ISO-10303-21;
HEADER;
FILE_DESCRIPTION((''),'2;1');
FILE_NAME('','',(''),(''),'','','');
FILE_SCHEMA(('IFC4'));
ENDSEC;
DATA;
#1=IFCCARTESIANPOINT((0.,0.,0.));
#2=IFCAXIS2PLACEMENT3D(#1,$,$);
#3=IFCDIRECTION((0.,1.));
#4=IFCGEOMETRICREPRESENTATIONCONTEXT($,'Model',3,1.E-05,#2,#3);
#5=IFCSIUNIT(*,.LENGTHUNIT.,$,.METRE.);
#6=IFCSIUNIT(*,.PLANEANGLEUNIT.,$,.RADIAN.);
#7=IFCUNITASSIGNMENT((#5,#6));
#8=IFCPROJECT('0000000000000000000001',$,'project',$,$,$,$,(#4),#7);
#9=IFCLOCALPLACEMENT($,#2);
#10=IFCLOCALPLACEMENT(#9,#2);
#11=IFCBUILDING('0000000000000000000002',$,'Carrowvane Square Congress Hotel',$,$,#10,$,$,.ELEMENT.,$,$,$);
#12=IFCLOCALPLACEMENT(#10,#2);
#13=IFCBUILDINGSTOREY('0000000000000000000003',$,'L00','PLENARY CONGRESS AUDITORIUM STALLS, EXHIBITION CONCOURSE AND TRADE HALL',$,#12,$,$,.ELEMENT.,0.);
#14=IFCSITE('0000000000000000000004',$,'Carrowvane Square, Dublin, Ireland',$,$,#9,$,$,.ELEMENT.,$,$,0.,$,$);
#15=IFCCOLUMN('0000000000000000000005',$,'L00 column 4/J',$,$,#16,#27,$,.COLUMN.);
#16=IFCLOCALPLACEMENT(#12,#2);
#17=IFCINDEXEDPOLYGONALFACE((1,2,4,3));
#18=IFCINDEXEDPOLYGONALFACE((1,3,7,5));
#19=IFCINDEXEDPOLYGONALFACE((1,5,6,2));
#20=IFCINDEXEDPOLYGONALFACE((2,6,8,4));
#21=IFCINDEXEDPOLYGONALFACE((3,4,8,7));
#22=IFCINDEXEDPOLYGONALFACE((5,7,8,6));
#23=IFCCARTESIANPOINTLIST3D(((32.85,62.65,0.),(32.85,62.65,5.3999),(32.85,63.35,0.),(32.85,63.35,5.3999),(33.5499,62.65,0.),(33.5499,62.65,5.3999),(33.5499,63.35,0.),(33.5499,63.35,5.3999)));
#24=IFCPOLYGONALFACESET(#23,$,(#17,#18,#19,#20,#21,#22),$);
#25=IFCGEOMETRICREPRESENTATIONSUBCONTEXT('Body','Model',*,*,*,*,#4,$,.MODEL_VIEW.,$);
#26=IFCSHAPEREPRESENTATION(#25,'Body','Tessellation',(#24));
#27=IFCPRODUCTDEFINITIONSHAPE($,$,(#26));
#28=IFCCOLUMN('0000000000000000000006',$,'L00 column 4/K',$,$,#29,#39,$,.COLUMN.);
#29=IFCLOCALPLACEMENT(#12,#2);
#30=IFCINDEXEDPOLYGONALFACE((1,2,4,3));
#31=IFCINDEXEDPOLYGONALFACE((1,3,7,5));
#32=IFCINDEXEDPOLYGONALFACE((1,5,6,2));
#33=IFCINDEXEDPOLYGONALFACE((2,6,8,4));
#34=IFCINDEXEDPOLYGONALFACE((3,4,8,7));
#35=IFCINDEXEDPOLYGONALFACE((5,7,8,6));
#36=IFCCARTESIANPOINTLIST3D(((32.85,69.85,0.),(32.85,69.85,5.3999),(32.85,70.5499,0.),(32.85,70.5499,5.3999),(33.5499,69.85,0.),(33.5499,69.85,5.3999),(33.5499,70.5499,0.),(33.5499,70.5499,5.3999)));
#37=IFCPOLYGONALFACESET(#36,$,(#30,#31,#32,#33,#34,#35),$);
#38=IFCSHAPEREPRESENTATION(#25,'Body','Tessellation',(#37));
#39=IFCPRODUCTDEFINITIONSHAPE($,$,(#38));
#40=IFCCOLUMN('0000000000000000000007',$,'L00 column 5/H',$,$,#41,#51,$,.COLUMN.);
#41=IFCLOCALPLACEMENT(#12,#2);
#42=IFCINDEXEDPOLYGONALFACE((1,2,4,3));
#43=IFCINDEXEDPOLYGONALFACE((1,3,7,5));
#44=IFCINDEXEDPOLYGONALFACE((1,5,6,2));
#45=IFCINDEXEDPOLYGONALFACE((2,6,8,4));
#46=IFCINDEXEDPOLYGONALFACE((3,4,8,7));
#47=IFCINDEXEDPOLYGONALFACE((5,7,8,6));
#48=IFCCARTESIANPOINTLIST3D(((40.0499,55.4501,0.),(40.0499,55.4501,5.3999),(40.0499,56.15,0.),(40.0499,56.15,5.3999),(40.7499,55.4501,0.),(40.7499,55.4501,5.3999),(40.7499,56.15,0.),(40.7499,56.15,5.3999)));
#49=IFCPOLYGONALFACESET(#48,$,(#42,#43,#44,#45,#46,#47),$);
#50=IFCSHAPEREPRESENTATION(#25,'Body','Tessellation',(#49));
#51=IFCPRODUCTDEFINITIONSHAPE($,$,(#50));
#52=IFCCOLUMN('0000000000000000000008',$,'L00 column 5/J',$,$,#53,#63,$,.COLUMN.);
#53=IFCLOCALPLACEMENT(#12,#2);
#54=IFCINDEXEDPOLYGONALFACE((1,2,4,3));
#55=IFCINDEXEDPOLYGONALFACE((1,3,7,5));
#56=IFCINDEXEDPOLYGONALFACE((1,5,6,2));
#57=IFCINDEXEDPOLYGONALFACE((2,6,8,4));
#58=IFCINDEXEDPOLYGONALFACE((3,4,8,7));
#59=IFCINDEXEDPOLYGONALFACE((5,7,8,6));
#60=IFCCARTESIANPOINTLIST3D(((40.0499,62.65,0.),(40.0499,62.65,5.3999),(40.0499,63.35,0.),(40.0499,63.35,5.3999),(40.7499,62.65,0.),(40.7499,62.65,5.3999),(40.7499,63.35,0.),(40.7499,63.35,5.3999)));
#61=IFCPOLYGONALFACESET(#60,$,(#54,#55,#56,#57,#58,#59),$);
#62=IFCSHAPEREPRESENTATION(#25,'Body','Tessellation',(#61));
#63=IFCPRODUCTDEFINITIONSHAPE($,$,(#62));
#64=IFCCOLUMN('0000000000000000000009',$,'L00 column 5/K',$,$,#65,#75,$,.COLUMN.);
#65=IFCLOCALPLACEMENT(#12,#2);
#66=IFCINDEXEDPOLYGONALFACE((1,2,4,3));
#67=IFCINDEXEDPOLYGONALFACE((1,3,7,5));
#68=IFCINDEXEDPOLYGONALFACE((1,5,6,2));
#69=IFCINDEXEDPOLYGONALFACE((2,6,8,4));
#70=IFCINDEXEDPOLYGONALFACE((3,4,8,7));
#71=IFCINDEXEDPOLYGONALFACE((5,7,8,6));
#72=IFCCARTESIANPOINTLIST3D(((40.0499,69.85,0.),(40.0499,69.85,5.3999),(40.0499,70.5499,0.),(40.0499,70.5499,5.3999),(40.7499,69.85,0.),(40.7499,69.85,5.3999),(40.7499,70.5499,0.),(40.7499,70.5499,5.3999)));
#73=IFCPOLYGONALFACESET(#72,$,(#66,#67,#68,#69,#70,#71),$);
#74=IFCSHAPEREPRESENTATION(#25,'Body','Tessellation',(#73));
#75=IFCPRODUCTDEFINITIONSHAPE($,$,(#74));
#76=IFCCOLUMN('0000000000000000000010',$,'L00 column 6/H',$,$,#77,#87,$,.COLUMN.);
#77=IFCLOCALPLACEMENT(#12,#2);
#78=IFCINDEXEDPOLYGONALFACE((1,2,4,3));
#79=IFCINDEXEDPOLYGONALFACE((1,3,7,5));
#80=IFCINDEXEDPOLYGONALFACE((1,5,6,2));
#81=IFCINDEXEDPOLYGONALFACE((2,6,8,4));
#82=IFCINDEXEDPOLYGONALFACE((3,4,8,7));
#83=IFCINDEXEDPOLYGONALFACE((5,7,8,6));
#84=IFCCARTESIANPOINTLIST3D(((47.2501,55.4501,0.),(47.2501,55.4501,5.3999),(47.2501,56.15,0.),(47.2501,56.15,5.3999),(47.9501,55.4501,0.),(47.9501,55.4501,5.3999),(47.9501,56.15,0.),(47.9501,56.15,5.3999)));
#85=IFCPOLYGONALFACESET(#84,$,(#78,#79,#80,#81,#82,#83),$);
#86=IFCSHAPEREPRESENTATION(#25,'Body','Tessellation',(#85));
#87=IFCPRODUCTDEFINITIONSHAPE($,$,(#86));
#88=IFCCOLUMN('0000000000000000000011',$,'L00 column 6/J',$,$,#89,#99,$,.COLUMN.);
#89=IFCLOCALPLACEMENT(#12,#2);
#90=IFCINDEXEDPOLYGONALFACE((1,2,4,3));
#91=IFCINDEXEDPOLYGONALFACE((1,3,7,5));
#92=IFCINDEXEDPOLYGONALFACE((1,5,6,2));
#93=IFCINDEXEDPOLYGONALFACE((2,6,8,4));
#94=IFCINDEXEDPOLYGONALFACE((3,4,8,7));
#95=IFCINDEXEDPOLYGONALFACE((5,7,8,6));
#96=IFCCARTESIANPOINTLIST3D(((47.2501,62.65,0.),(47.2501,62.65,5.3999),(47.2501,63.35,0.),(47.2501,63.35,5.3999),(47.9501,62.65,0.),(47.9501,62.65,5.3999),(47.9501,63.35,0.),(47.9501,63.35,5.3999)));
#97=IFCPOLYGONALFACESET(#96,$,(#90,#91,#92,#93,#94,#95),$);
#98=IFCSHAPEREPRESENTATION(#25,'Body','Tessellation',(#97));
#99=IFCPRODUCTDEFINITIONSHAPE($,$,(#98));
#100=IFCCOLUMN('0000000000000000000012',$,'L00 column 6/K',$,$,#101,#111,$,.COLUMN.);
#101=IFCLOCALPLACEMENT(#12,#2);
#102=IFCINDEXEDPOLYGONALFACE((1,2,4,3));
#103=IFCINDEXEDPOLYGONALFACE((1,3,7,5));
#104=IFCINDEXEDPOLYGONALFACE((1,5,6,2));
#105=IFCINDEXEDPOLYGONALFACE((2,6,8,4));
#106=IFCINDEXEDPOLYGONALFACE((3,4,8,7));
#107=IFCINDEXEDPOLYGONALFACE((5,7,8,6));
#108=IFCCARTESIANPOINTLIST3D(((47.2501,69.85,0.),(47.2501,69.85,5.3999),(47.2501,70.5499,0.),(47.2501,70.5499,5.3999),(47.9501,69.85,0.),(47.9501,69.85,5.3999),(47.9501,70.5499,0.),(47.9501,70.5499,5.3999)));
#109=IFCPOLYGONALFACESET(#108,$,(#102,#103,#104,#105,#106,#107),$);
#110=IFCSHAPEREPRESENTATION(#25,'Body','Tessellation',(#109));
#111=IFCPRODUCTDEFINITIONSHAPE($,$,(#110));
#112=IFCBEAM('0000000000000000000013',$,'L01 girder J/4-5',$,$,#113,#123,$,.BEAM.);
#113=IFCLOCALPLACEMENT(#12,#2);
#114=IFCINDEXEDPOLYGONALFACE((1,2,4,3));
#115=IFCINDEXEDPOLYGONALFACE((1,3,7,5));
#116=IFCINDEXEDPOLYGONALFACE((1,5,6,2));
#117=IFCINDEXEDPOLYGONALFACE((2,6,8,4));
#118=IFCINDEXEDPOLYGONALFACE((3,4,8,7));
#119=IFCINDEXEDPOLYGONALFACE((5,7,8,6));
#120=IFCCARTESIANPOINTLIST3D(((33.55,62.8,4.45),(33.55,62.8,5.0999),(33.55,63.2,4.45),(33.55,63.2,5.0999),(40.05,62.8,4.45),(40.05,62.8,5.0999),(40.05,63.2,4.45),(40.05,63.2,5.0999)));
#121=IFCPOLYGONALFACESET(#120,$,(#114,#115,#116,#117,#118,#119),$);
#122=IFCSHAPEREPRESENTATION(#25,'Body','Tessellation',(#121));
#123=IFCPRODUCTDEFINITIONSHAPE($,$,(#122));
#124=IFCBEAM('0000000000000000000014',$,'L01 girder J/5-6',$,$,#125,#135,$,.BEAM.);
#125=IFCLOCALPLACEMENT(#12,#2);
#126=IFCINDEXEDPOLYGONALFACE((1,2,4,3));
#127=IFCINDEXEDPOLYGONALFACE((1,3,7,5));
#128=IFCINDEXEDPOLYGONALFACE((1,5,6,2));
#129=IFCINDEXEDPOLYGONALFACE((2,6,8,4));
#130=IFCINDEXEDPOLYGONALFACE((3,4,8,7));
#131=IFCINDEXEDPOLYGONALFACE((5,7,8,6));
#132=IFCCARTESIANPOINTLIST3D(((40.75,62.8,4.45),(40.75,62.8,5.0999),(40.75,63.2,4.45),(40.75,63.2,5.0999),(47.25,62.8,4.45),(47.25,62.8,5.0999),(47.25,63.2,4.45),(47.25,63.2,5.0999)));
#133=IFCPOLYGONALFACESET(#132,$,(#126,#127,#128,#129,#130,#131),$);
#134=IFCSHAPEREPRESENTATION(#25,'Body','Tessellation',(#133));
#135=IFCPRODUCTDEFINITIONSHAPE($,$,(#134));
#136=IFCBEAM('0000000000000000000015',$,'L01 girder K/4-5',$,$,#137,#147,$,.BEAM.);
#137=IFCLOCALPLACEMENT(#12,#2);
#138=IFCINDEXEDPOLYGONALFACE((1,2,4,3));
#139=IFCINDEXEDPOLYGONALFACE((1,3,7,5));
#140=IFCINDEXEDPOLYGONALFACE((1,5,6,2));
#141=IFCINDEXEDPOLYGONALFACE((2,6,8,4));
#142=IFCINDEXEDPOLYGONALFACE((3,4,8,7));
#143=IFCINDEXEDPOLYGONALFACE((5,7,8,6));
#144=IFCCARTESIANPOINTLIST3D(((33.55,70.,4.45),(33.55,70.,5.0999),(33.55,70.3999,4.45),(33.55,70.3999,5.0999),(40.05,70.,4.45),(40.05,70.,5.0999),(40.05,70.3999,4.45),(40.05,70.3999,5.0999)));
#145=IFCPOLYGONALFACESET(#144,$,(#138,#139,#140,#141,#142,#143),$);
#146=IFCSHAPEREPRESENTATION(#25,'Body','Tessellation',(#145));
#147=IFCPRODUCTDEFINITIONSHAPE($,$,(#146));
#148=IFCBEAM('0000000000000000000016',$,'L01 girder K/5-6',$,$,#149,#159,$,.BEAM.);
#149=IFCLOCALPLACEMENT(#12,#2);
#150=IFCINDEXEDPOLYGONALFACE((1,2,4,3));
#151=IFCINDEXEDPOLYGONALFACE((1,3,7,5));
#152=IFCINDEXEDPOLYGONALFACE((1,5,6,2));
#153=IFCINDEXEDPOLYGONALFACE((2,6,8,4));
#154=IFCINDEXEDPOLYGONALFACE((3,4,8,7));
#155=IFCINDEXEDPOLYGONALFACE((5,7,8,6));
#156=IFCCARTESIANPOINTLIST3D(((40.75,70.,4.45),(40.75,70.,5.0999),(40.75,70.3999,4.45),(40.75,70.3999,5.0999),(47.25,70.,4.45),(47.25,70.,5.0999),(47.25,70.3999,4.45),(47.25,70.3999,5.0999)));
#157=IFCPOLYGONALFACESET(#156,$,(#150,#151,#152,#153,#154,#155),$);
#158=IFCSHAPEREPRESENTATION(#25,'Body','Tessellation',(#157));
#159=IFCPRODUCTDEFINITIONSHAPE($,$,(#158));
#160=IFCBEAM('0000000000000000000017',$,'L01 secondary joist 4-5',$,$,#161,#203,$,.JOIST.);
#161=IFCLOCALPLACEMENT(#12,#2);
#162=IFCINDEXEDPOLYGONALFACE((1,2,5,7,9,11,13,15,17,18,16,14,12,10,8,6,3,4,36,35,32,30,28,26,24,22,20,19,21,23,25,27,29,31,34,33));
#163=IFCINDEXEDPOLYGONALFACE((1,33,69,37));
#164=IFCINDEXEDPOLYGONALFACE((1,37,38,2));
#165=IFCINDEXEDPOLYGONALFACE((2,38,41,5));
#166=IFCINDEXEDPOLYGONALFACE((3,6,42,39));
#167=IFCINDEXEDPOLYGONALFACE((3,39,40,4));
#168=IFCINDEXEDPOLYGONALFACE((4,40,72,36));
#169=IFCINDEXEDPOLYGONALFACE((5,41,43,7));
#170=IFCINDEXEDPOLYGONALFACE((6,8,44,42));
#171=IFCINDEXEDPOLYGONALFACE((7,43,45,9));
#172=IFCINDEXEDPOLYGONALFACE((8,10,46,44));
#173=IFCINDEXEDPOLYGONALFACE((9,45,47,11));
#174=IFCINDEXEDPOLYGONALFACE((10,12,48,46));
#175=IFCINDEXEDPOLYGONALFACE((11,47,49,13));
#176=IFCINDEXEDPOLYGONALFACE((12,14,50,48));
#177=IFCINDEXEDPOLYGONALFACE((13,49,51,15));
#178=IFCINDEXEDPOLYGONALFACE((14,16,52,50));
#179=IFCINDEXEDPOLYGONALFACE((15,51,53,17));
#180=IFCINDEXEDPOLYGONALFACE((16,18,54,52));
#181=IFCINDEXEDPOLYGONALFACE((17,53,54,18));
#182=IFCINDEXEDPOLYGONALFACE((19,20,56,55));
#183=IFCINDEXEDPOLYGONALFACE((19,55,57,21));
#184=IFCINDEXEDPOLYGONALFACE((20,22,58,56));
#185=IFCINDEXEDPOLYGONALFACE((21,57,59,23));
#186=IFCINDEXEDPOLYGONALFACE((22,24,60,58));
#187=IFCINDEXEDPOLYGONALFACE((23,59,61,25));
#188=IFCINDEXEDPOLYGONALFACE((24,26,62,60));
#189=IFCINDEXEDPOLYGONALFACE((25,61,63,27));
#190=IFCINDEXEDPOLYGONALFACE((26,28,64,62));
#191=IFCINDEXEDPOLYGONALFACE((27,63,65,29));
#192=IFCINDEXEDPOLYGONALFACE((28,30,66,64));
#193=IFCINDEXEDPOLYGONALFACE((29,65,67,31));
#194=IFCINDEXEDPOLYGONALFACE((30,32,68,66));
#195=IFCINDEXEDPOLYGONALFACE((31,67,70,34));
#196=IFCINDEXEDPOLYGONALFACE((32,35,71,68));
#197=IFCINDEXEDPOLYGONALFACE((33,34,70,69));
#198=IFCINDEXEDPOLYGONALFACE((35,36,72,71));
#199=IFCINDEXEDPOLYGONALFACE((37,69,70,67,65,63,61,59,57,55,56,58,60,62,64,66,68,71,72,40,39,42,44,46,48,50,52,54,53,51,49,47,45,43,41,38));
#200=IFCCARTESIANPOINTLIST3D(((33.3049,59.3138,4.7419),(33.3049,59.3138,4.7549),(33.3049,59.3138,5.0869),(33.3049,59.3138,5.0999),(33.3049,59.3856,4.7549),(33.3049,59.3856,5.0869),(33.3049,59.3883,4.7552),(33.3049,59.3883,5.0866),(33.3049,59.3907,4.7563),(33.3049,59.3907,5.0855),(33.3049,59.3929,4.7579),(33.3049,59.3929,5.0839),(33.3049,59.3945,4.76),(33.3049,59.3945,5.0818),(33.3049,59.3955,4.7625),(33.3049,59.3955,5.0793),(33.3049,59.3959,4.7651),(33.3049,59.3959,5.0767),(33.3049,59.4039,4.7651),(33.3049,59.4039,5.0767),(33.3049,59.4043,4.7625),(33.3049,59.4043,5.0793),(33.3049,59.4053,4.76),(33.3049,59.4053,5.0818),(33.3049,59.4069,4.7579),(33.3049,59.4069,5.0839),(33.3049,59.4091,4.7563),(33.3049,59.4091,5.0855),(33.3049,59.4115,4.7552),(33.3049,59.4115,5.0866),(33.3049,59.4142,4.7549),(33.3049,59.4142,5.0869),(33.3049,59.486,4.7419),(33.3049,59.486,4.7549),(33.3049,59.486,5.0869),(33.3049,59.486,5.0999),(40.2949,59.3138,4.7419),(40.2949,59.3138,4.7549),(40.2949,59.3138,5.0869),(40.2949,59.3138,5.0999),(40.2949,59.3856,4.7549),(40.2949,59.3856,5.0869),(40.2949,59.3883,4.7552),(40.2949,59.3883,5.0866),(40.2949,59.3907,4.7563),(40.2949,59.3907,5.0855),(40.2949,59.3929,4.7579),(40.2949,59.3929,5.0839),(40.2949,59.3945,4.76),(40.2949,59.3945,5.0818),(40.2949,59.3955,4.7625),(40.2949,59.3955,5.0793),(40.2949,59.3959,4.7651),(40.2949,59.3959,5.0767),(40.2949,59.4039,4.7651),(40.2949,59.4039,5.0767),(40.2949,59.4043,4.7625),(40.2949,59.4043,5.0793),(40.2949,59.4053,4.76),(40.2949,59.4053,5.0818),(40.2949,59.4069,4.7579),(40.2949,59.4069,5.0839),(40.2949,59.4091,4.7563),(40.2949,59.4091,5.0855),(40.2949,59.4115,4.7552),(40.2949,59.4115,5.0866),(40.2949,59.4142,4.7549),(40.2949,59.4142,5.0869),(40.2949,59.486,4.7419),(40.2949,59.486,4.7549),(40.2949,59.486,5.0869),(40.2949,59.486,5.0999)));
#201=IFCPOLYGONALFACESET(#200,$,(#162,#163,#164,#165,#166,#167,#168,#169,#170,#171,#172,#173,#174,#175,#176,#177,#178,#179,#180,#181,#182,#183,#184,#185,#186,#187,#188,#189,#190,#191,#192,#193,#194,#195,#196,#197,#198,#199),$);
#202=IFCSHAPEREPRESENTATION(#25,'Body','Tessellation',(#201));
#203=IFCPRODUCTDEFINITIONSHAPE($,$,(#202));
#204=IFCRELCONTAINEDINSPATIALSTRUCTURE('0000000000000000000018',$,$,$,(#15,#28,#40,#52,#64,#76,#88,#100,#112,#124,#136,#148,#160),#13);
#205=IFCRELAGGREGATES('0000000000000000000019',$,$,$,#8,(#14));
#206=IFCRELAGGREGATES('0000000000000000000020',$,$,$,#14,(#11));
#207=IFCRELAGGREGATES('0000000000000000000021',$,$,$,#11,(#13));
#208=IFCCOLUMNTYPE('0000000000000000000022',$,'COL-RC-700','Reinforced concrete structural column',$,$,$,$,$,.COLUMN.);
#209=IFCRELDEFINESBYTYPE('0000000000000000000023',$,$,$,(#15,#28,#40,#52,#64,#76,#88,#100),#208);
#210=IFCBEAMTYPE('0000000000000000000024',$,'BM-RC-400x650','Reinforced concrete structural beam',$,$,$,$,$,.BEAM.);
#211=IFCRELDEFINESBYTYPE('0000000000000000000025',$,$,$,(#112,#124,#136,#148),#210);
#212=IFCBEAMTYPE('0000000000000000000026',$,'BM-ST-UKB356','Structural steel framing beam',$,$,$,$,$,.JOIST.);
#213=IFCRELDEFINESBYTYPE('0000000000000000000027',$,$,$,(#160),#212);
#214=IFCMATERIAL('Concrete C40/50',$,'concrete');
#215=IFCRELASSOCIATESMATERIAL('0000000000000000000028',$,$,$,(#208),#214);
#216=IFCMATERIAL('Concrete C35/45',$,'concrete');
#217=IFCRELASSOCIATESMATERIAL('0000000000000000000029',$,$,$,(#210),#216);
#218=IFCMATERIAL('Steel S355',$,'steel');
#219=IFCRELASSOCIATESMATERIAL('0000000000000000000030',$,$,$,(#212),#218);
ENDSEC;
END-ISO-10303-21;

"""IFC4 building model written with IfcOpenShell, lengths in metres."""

from ifc_helpers import new_model, si_unit, direction, frame, origin, origin_2d, place, context, subcontext, project, spatial, rectangle, i_section, extrude, material, material_profile, profile_set, type_object, element, save


model = new_model("IFC4")

# Units and contexts
model_context = context("Model", 3, precision=1e-05, world=origin(), true_north=direction((0.0, 1.0)))
body_context = subcontext(model_context, "Body", "Model", "MODEL_VIEW")
ifc_project = project(units=[si_unit("LENGTHUNIT", "METRE"), si_unit("PLANEANGLEUNIT", "RADIAN")], contexts=[model_context])

# Site, building, storey
site_placement = place(None, origin())
site = spatial("IfcSite", under=ifc_project, at=site_placement, Name="Carrowvane Square, Dublin, Ireland", CompositionType="ELEMENT", RefElevation=0.0)
building_placement = place(site_placement, origin())
building = spatial("IfcBuilding", under=site, at=building_placement, Name="Carrowvane Square Congress Hotel", CompositionType="ELEMENT")
storey_placement = place(building_placement, origin())
storey = spatial("IfcBuildingStorey", under=building, at=storey_placement, Name="L00", Description="PLENARY CONGRESS AUDITORIUM STALLS, EXHIBITION CONCOURSE AND TRADE HALL", CompositionType="ELEMENT", Elevation=0.0)

# Columns
ifc_material_1 = material(Name="Concrete C40/50", Category="concrete")
ifc_material_profile_1 = material_profile(ifc_material_1, rectangle(XDim=0.7, YDim=0.7, at=origin_2d()), Name="RC 700x700")
ifc_profile_set_1 = profile_set([ifc_material_profile_1], Name="Concrete C40/50")
column_type = type_object("IfcColumnType", Name="COL-RC-700", Description="Reinforced concrete structural column", PredefinedType="COLUMN", material=ifc_profile_set_1)
for number, where, z_axis, x_axis, name in (
    (1, (33.2, 63.0, 0.0), (0.0, 0.0, 1.0), (1.0, 0.0, 0.0), "L00 column 4/J"),
    (2, (33.2, 70.2, 0.0), (0.0, 0.0, 1.0), (1.0, 0.0, 0.0), "L00 column 4/K"),
    (3, (40.3999, 55.8, 0.0), (0.0, 0.0, 1.0), (1.0, 0.0, 0.0), "L00 column 5/H"),
    (4, (40.3999, 63.0, 0.0), (0.0, 0.0, 1.0), (1.0, 0.0, 0.0), "L00 column 5/J"),
    (5, (40.3999, 70.2, 0.0), (0.0, 0.0, 1.0), (1.0, 0.0, 0.0), "L00 column 5/K"),
    (6, (47.6001, 55.8, 0.0), (0.0, 0.0, 1.0), (1.0, 0.0, 0.0), "L00 column 6/H"),
    (7, (47.6001, 63.0, 0.0), (0.0, 0.0, 1.0), (1.0, 0.0, 0.0), "L00 column 6/J"),
    (8, (47.6001, 70.2, 0.0), (0.0, 0.0, 1.0), (1.0, 0.0, 0.0), "L00 column 6/K"),
):
    element("IfcColumn", number, at=place(storey_placement, frame(where, z_axis=z_axis, x_axis=x_axis)), inside=storey, type_object=column_type, Name=name, PredefinedType="COLUMN", context=body_context, shape_type="SweptSolid", body=[
        extrude(rectangle(XDim=0.7, YDim=0.7, at=origin_2d()), origin(), (0.0, 0.0, 1.0), 5.3999),
    ])

# Beams
ifc_material_2 = material(Name="Concrete C35/45", Category="concrete")
ifc_material_profile_2 = material_profile(ifc_material_2, rectangle(XDim=0.3999, YDim=0.6499, at=origin_2d()), Name="RC 400x650")
ifc_profile_set_2 = profile_set([ifc_material_profile_2], Name="Concrete C35/45")
beam_type_1 = type_object("IfcBeamType", Name="BM-RC-400x650", Description="Reinforced concrete structural beam", PredefinedType="BEAM", material=ifc_profile_set_2)
for number, where, z_axis, x_axis, name in (
    (9, (33.55, 63.0, 4.7749), (1.0, 0.0, 0.0), (0.0, 1.0, 0.0), "L01 girder J/4-5"),
    (10, (40.75, 63.0, 4.7749), (1.0, 0.0, 0.0), (0.0, 1.0, 0.0), "L01 girder J/5-6"),
    (11, (33.55, 70.2, 4.7749), (1.0, 0.0, 0.0), (0.0, 1.0, 0.0), "L01 girder K/4-5"),
    (12, (40.75, 70.2, 4.7749), (1.0, 0.0, 0.0), (0.0, 1.0, 0.0), "L01 girder K/5-6"),
):
    element("IfcBeam", number, at=place(storey_placement, frame(where, z_axis=z_axis, x_axis=x_axis)), inside=storey, type_object=beam_type_1, Name=name, PredefinedType="BEAM", context=body_context, shape_type="SweptSolid", body=[
        extrude(rectangle(XDim=0.3999, YDim=0.6499, at=origin_2d()), origin(), (0.0, 0.0, 1.0), 6.5),
    ])
ifc_material_3 = material(Name="Steel S355", Category="steel")
ifc_material_profile_3 = material_profile(ifc_material_3, i_section(OverallWidth=0.1721, OverallDepth=0.3579, WebThickness=0.0081, FlangeThickness=0.0129, FilletRadius=0.0103, at=origin_2d()), Name="UKB 356x171x57")
ifc_profile_set_3 = profile_set([ifc_material_profile_3], Name="Steel S355")
beam_type_2 = type_object("IfcBeamType", Name="BM-ST-UKB356", Description="Structural steel framing beam", PredefinedType="JOIST", material=ifc_profile_set_3)
for number, where, z_axis, x_axis, name in (
    (13, (33.3049, 59.3999, 4.9209), (1.0, 0.0, 0.0), (0.0, 1.0, 0.0), "L01 secondary joist 4-5"),
):
    element("IfcBeam", number, at=place(storey_placement, frame(where, z_axis=z_axis, x_axis=x_axis)), inside=storey, type_object=beam_type_2, Name=name, PredefinedType="JOIST", context=body_context, shape_type="SweptSolid", body=[
        extrude(i_section(OverallWidth=0.1721, OverallDepth=0.3579, WebThickness=0.0081, FlangeThickness=0.0129, FilletRadius=0.0103, at=origin_2d()), origin(), (0.0, 0.0, 1.0), 6.99),
    ])

save(model, "model.ifc")
